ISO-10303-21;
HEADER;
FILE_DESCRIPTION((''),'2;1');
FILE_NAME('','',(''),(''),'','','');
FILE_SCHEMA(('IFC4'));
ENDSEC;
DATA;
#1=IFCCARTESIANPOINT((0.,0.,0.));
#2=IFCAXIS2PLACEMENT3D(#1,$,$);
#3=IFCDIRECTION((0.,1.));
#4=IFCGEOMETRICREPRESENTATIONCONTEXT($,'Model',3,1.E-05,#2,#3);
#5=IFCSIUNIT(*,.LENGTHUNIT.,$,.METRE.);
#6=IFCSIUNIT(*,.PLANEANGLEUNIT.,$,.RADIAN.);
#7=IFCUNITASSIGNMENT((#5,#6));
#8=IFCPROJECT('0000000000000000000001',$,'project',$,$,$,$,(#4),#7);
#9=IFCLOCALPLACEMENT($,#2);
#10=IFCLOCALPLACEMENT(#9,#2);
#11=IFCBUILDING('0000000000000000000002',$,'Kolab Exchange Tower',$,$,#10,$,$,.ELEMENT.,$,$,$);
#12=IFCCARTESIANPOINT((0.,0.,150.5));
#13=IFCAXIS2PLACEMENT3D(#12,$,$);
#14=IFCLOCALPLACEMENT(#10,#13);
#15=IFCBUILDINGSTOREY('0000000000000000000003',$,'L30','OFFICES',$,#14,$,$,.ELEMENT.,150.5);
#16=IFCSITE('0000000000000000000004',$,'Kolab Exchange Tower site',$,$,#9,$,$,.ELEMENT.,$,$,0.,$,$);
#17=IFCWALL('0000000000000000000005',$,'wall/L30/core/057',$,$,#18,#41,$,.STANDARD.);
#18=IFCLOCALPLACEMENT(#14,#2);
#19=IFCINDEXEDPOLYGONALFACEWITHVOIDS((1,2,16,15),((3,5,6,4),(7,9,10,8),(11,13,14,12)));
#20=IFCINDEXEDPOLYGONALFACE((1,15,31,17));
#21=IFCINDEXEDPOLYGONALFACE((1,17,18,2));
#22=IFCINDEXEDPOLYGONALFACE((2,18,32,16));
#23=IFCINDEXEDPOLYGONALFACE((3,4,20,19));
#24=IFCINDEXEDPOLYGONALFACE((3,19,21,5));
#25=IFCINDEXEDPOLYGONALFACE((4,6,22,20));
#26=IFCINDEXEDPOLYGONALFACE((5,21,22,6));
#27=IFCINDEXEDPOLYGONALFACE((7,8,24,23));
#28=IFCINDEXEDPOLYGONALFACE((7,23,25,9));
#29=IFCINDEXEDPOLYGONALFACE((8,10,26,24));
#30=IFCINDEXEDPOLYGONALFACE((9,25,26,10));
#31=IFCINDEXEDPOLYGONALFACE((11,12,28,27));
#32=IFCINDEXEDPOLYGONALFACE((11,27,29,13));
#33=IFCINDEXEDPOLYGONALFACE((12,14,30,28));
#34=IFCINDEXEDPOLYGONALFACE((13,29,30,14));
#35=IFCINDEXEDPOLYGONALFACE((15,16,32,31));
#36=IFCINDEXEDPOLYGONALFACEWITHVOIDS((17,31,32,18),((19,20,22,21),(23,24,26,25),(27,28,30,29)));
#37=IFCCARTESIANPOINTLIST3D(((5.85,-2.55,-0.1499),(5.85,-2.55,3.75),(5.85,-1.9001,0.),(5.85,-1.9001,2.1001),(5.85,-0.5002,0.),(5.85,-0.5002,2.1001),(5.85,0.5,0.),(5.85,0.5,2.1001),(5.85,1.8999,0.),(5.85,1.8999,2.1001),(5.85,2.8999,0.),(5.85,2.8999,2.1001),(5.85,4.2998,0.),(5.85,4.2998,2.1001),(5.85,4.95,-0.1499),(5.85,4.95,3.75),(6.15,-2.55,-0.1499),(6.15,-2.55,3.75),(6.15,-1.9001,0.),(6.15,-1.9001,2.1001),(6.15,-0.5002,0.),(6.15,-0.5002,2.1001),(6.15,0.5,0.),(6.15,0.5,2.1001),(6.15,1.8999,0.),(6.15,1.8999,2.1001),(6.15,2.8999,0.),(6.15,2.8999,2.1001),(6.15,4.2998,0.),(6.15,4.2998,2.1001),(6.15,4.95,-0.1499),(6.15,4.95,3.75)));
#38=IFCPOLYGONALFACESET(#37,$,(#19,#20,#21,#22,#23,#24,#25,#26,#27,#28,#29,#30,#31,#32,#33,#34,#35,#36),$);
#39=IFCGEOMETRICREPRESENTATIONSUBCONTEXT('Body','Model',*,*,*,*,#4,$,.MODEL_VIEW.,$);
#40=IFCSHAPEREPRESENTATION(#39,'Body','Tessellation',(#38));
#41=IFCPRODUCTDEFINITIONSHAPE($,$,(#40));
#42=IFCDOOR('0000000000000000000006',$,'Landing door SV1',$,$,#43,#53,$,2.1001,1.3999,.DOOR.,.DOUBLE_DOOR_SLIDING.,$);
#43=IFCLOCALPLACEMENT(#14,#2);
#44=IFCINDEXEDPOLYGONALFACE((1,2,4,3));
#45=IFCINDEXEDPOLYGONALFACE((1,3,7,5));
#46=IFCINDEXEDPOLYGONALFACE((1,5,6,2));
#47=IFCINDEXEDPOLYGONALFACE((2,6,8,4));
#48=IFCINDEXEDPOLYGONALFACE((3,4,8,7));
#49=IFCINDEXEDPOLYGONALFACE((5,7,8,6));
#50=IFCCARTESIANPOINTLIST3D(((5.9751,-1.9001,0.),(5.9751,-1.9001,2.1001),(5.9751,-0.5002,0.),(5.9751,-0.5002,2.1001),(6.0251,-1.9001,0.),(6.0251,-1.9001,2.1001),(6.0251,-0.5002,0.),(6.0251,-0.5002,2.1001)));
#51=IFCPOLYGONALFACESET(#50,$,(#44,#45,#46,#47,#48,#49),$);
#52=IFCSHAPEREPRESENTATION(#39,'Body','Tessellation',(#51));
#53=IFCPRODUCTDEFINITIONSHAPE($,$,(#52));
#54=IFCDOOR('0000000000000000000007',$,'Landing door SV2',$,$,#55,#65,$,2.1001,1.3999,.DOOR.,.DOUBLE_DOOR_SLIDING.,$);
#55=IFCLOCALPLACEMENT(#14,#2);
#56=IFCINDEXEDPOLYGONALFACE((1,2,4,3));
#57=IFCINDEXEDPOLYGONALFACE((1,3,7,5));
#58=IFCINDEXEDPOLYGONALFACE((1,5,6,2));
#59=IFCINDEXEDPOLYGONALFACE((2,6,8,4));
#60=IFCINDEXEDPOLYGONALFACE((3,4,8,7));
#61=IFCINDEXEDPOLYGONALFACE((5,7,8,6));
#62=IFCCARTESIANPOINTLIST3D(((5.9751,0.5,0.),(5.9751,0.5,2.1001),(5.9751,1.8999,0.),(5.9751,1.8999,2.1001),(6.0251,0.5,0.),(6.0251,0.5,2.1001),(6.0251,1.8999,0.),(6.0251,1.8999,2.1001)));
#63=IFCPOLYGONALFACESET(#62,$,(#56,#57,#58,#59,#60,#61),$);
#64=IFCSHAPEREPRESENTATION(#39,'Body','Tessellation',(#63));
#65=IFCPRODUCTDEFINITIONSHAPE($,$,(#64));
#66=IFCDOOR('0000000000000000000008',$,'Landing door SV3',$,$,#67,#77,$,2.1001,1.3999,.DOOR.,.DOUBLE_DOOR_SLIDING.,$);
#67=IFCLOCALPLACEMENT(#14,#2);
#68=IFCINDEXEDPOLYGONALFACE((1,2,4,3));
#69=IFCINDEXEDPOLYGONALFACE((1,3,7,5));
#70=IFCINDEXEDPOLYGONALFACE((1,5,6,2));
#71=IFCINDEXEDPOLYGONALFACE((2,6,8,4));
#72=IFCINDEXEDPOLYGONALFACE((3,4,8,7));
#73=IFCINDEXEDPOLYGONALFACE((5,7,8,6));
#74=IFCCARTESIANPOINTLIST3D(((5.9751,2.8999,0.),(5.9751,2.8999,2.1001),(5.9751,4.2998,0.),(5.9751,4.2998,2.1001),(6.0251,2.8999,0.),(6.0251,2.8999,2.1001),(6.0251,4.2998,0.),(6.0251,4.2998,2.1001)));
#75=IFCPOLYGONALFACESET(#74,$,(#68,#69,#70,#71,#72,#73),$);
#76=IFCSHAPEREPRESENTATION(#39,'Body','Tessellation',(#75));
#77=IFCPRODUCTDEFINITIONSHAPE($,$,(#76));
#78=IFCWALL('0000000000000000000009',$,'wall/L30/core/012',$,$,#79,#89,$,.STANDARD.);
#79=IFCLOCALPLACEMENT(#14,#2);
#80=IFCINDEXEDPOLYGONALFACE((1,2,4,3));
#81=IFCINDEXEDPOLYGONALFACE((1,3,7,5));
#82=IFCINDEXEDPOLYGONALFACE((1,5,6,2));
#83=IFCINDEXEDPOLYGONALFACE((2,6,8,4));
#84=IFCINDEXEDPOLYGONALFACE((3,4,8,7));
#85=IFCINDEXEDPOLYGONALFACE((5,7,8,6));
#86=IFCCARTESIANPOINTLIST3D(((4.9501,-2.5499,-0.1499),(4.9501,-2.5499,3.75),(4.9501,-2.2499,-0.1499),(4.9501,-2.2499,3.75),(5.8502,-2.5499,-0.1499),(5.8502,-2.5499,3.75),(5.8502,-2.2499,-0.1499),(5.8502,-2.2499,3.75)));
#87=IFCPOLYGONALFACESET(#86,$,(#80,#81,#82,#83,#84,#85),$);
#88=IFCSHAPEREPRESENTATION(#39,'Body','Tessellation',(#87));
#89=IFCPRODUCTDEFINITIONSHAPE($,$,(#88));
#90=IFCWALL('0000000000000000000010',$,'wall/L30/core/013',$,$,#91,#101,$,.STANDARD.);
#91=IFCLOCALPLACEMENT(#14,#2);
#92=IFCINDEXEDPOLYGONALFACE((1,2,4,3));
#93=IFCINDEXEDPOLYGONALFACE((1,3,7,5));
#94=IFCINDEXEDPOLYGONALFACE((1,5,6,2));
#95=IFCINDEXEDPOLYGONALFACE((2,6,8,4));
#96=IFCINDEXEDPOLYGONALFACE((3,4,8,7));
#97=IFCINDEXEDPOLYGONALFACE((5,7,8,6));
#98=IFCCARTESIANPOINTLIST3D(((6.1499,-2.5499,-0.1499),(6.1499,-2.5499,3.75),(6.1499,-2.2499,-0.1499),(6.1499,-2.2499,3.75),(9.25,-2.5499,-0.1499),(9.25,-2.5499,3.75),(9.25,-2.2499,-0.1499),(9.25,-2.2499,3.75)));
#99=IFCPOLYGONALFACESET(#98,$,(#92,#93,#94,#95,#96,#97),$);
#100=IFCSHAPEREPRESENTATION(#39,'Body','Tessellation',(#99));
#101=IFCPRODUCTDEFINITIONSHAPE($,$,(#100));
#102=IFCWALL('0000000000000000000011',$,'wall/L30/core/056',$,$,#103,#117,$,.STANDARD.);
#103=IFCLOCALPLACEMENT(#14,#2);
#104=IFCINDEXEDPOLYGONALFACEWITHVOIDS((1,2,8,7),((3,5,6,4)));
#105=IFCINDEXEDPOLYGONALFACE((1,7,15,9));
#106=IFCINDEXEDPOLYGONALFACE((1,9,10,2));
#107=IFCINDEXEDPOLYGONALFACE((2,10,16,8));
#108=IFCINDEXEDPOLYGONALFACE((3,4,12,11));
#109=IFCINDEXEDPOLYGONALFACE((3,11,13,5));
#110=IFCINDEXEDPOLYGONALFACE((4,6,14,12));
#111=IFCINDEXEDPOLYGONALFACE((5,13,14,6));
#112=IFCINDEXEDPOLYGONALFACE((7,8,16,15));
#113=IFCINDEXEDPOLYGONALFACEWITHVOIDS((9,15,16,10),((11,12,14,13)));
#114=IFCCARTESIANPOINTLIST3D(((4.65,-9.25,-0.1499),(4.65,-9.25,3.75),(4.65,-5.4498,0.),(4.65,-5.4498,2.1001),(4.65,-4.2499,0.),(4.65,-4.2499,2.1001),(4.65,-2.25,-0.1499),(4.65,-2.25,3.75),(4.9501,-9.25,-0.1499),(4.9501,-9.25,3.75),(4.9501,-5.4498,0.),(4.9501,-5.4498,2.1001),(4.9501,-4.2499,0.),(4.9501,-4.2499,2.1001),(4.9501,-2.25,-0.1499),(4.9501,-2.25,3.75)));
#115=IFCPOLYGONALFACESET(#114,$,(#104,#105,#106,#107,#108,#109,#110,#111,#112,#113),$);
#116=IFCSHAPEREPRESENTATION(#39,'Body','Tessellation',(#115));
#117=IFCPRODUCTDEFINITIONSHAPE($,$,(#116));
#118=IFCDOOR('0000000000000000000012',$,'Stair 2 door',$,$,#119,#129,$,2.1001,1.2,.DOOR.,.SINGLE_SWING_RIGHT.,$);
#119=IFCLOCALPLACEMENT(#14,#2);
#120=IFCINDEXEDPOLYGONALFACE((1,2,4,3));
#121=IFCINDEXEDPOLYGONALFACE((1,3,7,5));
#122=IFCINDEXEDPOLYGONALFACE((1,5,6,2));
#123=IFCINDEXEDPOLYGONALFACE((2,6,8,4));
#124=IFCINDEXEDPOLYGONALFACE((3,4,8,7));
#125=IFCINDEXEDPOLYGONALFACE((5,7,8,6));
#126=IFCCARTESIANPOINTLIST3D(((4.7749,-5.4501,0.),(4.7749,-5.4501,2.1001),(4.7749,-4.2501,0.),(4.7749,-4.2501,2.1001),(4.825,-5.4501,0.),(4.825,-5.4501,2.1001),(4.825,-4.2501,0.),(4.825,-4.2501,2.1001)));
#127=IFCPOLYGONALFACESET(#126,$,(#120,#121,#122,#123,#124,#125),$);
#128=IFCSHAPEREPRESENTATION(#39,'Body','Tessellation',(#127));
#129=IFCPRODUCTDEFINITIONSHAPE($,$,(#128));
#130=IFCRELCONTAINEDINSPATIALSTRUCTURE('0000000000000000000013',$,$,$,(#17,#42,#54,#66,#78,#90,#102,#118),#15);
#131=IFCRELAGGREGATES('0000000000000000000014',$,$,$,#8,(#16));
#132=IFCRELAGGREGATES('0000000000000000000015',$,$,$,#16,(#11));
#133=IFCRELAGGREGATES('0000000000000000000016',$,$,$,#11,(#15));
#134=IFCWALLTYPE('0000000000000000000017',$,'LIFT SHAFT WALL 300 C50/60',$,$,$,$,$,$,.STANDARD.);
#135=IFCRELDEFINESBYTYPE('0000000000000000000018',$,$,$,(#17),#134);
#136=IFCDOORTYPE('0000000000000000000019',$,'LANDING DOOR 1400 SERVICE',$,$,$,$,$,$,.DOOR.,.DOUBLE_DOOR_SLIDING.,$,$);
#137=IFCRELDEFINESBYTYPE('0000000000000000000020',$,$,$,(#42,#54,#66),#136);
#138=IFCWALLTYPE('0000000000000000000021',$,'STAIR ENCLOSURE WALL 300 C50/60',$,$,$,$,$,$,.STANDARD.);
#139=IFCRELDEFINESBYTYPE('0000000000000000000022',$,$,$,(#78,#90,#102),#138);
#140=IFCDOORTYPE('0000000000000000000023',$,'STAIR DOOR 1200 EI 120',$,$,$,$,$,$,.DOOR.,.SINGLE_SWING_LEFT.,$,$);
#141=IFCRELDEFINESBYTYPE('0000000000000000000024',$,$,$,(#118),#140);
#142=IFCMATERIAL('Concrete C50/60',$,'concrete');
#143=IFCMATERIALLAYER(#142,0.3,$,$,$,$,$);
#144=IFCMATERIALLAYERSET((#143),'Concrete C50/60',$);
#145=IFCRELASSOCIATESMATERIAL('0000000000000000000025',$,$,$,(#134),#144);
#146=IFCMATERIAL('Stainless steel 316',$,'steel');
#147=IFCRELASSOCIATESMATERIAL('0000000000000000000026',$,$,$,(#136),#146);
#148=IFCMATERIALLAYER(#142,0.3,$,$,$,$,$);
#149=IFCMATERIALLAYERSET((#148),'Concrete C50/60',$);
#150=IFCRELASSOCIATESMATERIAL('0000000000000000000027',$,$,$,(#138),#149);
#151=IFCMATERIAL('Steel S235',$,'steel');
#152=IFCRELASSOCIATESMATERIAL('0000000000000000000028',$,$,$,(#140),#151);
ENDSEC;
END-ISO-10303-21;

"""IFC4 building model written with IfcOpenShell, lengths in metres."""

from ifc_helpers import new_model, si_unit, direction, frame, frame_2d, origin, place, context, subcontext, project, spatial, rectangle, extrude, material, layer, layer_set, type_object, element, fill, save


model = new_model("IFC4")

# Units and contexts
model_context = context("Model", 3, precision=1e-05, world=origin(), true_north=direction((0.0, 1.0)))
body_context = subcontext(model_context, "Body", "Model", "MODEL_VIEW")
ifc_project = project(units=[si_unit("LENGTHUNIT", "METRE"), si_unit("PLANEANGLEUNIT", "RADIAN")], contexts=[model_context])

# Site, building, storey
site_placement = place(None, origin())
site = spatial("IfcSite", under=ifc_project, at=site_placement, Name="Kolab Exchange Tower site", CompositionType="ELEMENT", RefElevation=0.0)
building_placement = place(site_placement, origin())
building = spatial("IfcBuilding", under=site, at=building_placement, Name="Kolab Exchange Tower", CompositionType="ELEMENT")
storey_placement = place(building_placement, frame((0.0, 0.0, 150.5)))
storey = spatial("IfcBuildingStorey", under=building, at=storey_placement, Name="L30", Description="OFFICES", CompositionType="ELEMENT", Elevation=150.5)

# Shared definitions
ifc_material_1 = material(Name="Concrete C50/60", Category="concrete")
ifc_layer_1 = layer(ifc_material_1, 0.3)
ifc_layer_set_1 = layer_set([ifc_layer_1], Name="Concrete C50/60")
wall_type_1 = type_object("IfcWallType", Name="LIFT SHAFT WALL 300 C50/60", PredefinedType="STANDARD", material=ifc_layer_set_1)
ifc_material_2 = material(Name="Stainless steel 316", Category="steel")

# Wall, openings, doors
wall_1_placement = place(storey_placement, frame((6.0, -2.55, -0.1499), z_axis=(0.0, 0.0, 1.0), x_axis=(0.0, 1.0, 0.0)))
wall_1 = element("IfcWall", 1, at=wall_1_placement, inside=storey, type_object=wall_type_1, Name="wall/L30/core/057", PredefinedType="STANDARD", context=body_context, shape_type="SweptSolid", body=[
    extrude(rectangle(XDim=7.5, YDim=0.3, at=frame_2d((3.75, 0.0))), origin(), (0.0, 0.0, 1.0), 3.8999),
])
opening_1_placement = place(wall_1_placement, frame((0.6499, 0.0, 0.1499)))
opening_1 = element("IfcOpeningElement", 2, at=opening_1_placement, cuts=wall_1, PredefinedType="OPENING", context=body_context, shape_type="SweptSolid", body=[
    extrude(rectangle(XDim=1.3999, YDim=2.1001, at=frame_2d((0.7, 1.05))), frame((0.0, 0.1602, 0.0), z_axis=(0.0, -1.0, 0.0), x_axis=(1.0, 0.0, 0.0)), (0.0, 0.0, 1.0), 0.3201),
])
opening_2_placement = place(wall_1_placement, frame((3.05, 0.0, 0.1499)))
opening_2 = element("IfcOpeningElement", 3, at=opening_2_placement, cuts=wall_1, PredefinedType="OPENING", context=body_context, shape_type="SweptSolid", body=[
    extrude(rectangle(XDim=1.3999, YDim=2.1001, at=frame_2d((0.7, 1.05))), frame((0.0, 0.1602, 0.0), z_axis=(0.0, -1.0, 0.0), x_axis=(1.0, 0.0, 0.0)), (0.0, 0.0, 1.0), 0.3201),
])
opening_3_placement = place(wall_1_placement, frame((5.45, 0.0, 0.1499)))
opening_3 = element("IfcOpeningElement", 4, at=opening_3_placement, cuts=wall_1, PredefinedType="OPENING", context=body_context, shape_type="SweptSolid", body=[
    extrude(rectangle(XDim=1.3999, YDim=2.1001, at=frame_2d((0.7, 1.05))), frame((0.0, 0.1602, 0.0), z_axis=(0.0, -1.0, 0.0), x_axis=(1.0, 0.0, 0.0)), (0.0, 0.0, 1.0), 0.3201),
])
door_type_1 = type_object("IfcDoorType", Name="LANDING DOOR 1400 SERVICE", OperationType="DOUBLE_DOOR_SLIDING", PredefinedType="DOOR", material=ifc_material_2)
door_1_placement = place(opening_1_placement, origin())
door_1 = element("IfcDoor", 5, at=door_1_placement, inside=storey, type_object=door_type_1, Name="Landing door SV1", OperationType="DOUBLE_DOOR_SLIDING", OverallHeight=2.1001, OverallWidth=1.3999, PredefinedType="DOOR", context=body_context, shape_type="SweptSolid", body=[
    extrude(rectangle(XDim=1.3999, YDim=2.1001, at=frame_2d((0.7, 1.05))), frame((0.0, 0.0249, 0.0), z_axis=(0.0, -1.0, 0.0), x_axis=(1.0, 0.0, 0.0)), (0.0, 0.0, 1.0), 0.05),
])
fill(opening_1, door_1)
door_2_placement = place(opening_2_placement, origin())
door_2 = element("IfcDoor", 6, at=door_2_placement, inside=storey, type_object=door_type_1, Name="Landing door SV2", OperationType="DOUBLE_DOOR_SLIDING", OverallHeight=2.1001, OverallWidth=1.3999, PredefinedType="DOOR", context=body_context, shape_type="SweptSolid", body=[
    extrude(rectangle(XDim=1.3999, YDim=2.1001, at=frame_2d((0.7, 1.05))), frame((0.0, 0.0249, 0.0), z_axis=(0.0, -1.0, 0.0), x_axis=(1.0, 0.0, 0.0)), (0.0, 0.0, 1.0), 0.05),
])
fill(opening_2, door_2)
door_3_placement = place(opening_3_placement, origin())
door_3 = element("IfcDoor", 7, at=door_3_placement, inside=storey, type_object=door_type_1, Name="Landing door SV3", OperationType="DOUBLE_DOOR_SLIDING", OverallHeight=2.1001, OverallWidth=1.3999, PredefinedType="DOOR", context=body_context, shape_type="SweptSolid", body=[
    extrude(rectangle(XDim=1.3999, YDim=2.1001, at=frame_2d((0.7, 1.05))), frame((0.0, 0.0249, 0.0), z_axis=(0.0, -1.0, 0.0), x_axis=(1.0, 0.0, 0.0)), (0.0, 0.0, 1.0), 0.05),
])
fill(opening_3, door_3)

# Walls
ifc_layer_2 = layer(ifc_material_1, 0.3)
ifc_layer_set_2 = layer_set([ifc_layer_2], Name="Concrete C50/60")
wall_type_2 = type_object("IfcWallType", Name="STAIR ENCLOSURE WALL 300 C50/60", PredefinedType="STANDARD", material=ifc_layer_set_2)
wall_2_placement = place(storey_placement, frame((4.95, -2.3999, -0.1499), z_axis=(0.0, 0.0, 1.0), x_axis=(1.0, 0.0, 0.0)))
element("IfcWall", 8, at=wall_2_placement, inside=storey, type_object=wall_type_2, Name="wall/L30/core/012", PredefinedType="STANDARD", context=body_context, shape_type="SweptSolid", body=[
    extrude(rectangle(XDim=0.9001, YDim=0.3, at=frame_2d((0.4502, 0.0))), origin(), (0.0, 0.0, 1.0), 3.8999),
])
wall_3_placement = place(storey_placement, frame((6.1499, -2.3999, -0.1499), z_axis=(0.0, 0.0, 1.0), x_axis=(1.0, 0.0, 0.0)))
element("IfcWall", 9, at=wall_3_placement, inside=storey, type_object=wall_type_2, Name="wall/L30/core/013", PredefinedType="STANDARD", context=body_context, shape_type="SweptSolid", body=[
    extrude(rectangle(XDim=3.1001, YDim=0.3, at=frame_2d((1.55, 0.0))), origin(), (0.0, 0.0, 1.0), 3.8999),
])

# Wall, opening, door
wall_4_placement = place(storey_placement, frame((4.8, -9.25, -0.1499), z_axis=(0.0, 0.0, 1.0), x_axis=(0.0, 1.0, 0.0)))
wall_4 = element("IfcWall", 10, at=wall_4_placement, inside=storey, type_object=wall_type_2, Name="wall/L30/core/056", PredefinedType="STANDARD", context=body_context, shape_type="SweptSolid", body=[
    extrude(rectangle(XDim=7.0, YDim=0.3, at=frame_2d((3.5, 0.0))), origin(), (0.0, 0.0, 1.0), 3.8999),
])
opening_4_placement = place(wall_4_placement, frame((3.8, 0.0, 0.1499)))
opening_4 = element("IfcOpeningElement", 11, at=opening_4_placement, cuts=wall_4, PredefinedType="OPENING", context=body_context, shape_type="SweptSolid", body=[
    extrude(rectangle(XDim=1.2, YDim=2.1001, at=frame_2d((0.6001, 1.05))), frame((0.0, 0.1602, 0.0), z_axis=(0.0, -1.0, 0.0), x_axis=(1.0, 0.0, 0.0)), (0.0, 0.0, 1.0), 0.3201),
])
ifc_material_3 = material(Name="Steel S235", Category="steel")
door_type_2 = type_object("IfcDoorType", Name="STAIR DOOR 1200 EI 120", OperationType="SINGLE_SWING_LEFT", PredefinedType="DOOR", material=ifc_material_3)
door_4_placement = place(opening_4_placement, frame((1.2, 0.0, 0.0), z_axis=(0.0, 0.0, 1.0), x_axis=(-1.0, 0.0, 0.0)))
door_4 = element("IfcDoor", 12, at=door_4_placement, inside=storey, type_object=door_type_2, Name="Stair 2 door", OperationType="SINGLE_SWING_RIGHT", OverallHeight=2.1001, OverallWidth=1.2, PredefinedType="DOOR", context=body_context, shape_type="SweptSolid", body=[
    extrude(rectangle(XDim=1.2, YDim=2.1001, at=frame_2d((0.6001, 1.05))), frame((0.0, 0.0249, 0.0), z_axis=(0.0, -1.0, 0.0), x_axis=(1.0, 0.0, 0.0)), (0.0, 0.0, 1.0), 0.05),
])
fill(opening_4, door_4)

save(model, "model.ifc")
